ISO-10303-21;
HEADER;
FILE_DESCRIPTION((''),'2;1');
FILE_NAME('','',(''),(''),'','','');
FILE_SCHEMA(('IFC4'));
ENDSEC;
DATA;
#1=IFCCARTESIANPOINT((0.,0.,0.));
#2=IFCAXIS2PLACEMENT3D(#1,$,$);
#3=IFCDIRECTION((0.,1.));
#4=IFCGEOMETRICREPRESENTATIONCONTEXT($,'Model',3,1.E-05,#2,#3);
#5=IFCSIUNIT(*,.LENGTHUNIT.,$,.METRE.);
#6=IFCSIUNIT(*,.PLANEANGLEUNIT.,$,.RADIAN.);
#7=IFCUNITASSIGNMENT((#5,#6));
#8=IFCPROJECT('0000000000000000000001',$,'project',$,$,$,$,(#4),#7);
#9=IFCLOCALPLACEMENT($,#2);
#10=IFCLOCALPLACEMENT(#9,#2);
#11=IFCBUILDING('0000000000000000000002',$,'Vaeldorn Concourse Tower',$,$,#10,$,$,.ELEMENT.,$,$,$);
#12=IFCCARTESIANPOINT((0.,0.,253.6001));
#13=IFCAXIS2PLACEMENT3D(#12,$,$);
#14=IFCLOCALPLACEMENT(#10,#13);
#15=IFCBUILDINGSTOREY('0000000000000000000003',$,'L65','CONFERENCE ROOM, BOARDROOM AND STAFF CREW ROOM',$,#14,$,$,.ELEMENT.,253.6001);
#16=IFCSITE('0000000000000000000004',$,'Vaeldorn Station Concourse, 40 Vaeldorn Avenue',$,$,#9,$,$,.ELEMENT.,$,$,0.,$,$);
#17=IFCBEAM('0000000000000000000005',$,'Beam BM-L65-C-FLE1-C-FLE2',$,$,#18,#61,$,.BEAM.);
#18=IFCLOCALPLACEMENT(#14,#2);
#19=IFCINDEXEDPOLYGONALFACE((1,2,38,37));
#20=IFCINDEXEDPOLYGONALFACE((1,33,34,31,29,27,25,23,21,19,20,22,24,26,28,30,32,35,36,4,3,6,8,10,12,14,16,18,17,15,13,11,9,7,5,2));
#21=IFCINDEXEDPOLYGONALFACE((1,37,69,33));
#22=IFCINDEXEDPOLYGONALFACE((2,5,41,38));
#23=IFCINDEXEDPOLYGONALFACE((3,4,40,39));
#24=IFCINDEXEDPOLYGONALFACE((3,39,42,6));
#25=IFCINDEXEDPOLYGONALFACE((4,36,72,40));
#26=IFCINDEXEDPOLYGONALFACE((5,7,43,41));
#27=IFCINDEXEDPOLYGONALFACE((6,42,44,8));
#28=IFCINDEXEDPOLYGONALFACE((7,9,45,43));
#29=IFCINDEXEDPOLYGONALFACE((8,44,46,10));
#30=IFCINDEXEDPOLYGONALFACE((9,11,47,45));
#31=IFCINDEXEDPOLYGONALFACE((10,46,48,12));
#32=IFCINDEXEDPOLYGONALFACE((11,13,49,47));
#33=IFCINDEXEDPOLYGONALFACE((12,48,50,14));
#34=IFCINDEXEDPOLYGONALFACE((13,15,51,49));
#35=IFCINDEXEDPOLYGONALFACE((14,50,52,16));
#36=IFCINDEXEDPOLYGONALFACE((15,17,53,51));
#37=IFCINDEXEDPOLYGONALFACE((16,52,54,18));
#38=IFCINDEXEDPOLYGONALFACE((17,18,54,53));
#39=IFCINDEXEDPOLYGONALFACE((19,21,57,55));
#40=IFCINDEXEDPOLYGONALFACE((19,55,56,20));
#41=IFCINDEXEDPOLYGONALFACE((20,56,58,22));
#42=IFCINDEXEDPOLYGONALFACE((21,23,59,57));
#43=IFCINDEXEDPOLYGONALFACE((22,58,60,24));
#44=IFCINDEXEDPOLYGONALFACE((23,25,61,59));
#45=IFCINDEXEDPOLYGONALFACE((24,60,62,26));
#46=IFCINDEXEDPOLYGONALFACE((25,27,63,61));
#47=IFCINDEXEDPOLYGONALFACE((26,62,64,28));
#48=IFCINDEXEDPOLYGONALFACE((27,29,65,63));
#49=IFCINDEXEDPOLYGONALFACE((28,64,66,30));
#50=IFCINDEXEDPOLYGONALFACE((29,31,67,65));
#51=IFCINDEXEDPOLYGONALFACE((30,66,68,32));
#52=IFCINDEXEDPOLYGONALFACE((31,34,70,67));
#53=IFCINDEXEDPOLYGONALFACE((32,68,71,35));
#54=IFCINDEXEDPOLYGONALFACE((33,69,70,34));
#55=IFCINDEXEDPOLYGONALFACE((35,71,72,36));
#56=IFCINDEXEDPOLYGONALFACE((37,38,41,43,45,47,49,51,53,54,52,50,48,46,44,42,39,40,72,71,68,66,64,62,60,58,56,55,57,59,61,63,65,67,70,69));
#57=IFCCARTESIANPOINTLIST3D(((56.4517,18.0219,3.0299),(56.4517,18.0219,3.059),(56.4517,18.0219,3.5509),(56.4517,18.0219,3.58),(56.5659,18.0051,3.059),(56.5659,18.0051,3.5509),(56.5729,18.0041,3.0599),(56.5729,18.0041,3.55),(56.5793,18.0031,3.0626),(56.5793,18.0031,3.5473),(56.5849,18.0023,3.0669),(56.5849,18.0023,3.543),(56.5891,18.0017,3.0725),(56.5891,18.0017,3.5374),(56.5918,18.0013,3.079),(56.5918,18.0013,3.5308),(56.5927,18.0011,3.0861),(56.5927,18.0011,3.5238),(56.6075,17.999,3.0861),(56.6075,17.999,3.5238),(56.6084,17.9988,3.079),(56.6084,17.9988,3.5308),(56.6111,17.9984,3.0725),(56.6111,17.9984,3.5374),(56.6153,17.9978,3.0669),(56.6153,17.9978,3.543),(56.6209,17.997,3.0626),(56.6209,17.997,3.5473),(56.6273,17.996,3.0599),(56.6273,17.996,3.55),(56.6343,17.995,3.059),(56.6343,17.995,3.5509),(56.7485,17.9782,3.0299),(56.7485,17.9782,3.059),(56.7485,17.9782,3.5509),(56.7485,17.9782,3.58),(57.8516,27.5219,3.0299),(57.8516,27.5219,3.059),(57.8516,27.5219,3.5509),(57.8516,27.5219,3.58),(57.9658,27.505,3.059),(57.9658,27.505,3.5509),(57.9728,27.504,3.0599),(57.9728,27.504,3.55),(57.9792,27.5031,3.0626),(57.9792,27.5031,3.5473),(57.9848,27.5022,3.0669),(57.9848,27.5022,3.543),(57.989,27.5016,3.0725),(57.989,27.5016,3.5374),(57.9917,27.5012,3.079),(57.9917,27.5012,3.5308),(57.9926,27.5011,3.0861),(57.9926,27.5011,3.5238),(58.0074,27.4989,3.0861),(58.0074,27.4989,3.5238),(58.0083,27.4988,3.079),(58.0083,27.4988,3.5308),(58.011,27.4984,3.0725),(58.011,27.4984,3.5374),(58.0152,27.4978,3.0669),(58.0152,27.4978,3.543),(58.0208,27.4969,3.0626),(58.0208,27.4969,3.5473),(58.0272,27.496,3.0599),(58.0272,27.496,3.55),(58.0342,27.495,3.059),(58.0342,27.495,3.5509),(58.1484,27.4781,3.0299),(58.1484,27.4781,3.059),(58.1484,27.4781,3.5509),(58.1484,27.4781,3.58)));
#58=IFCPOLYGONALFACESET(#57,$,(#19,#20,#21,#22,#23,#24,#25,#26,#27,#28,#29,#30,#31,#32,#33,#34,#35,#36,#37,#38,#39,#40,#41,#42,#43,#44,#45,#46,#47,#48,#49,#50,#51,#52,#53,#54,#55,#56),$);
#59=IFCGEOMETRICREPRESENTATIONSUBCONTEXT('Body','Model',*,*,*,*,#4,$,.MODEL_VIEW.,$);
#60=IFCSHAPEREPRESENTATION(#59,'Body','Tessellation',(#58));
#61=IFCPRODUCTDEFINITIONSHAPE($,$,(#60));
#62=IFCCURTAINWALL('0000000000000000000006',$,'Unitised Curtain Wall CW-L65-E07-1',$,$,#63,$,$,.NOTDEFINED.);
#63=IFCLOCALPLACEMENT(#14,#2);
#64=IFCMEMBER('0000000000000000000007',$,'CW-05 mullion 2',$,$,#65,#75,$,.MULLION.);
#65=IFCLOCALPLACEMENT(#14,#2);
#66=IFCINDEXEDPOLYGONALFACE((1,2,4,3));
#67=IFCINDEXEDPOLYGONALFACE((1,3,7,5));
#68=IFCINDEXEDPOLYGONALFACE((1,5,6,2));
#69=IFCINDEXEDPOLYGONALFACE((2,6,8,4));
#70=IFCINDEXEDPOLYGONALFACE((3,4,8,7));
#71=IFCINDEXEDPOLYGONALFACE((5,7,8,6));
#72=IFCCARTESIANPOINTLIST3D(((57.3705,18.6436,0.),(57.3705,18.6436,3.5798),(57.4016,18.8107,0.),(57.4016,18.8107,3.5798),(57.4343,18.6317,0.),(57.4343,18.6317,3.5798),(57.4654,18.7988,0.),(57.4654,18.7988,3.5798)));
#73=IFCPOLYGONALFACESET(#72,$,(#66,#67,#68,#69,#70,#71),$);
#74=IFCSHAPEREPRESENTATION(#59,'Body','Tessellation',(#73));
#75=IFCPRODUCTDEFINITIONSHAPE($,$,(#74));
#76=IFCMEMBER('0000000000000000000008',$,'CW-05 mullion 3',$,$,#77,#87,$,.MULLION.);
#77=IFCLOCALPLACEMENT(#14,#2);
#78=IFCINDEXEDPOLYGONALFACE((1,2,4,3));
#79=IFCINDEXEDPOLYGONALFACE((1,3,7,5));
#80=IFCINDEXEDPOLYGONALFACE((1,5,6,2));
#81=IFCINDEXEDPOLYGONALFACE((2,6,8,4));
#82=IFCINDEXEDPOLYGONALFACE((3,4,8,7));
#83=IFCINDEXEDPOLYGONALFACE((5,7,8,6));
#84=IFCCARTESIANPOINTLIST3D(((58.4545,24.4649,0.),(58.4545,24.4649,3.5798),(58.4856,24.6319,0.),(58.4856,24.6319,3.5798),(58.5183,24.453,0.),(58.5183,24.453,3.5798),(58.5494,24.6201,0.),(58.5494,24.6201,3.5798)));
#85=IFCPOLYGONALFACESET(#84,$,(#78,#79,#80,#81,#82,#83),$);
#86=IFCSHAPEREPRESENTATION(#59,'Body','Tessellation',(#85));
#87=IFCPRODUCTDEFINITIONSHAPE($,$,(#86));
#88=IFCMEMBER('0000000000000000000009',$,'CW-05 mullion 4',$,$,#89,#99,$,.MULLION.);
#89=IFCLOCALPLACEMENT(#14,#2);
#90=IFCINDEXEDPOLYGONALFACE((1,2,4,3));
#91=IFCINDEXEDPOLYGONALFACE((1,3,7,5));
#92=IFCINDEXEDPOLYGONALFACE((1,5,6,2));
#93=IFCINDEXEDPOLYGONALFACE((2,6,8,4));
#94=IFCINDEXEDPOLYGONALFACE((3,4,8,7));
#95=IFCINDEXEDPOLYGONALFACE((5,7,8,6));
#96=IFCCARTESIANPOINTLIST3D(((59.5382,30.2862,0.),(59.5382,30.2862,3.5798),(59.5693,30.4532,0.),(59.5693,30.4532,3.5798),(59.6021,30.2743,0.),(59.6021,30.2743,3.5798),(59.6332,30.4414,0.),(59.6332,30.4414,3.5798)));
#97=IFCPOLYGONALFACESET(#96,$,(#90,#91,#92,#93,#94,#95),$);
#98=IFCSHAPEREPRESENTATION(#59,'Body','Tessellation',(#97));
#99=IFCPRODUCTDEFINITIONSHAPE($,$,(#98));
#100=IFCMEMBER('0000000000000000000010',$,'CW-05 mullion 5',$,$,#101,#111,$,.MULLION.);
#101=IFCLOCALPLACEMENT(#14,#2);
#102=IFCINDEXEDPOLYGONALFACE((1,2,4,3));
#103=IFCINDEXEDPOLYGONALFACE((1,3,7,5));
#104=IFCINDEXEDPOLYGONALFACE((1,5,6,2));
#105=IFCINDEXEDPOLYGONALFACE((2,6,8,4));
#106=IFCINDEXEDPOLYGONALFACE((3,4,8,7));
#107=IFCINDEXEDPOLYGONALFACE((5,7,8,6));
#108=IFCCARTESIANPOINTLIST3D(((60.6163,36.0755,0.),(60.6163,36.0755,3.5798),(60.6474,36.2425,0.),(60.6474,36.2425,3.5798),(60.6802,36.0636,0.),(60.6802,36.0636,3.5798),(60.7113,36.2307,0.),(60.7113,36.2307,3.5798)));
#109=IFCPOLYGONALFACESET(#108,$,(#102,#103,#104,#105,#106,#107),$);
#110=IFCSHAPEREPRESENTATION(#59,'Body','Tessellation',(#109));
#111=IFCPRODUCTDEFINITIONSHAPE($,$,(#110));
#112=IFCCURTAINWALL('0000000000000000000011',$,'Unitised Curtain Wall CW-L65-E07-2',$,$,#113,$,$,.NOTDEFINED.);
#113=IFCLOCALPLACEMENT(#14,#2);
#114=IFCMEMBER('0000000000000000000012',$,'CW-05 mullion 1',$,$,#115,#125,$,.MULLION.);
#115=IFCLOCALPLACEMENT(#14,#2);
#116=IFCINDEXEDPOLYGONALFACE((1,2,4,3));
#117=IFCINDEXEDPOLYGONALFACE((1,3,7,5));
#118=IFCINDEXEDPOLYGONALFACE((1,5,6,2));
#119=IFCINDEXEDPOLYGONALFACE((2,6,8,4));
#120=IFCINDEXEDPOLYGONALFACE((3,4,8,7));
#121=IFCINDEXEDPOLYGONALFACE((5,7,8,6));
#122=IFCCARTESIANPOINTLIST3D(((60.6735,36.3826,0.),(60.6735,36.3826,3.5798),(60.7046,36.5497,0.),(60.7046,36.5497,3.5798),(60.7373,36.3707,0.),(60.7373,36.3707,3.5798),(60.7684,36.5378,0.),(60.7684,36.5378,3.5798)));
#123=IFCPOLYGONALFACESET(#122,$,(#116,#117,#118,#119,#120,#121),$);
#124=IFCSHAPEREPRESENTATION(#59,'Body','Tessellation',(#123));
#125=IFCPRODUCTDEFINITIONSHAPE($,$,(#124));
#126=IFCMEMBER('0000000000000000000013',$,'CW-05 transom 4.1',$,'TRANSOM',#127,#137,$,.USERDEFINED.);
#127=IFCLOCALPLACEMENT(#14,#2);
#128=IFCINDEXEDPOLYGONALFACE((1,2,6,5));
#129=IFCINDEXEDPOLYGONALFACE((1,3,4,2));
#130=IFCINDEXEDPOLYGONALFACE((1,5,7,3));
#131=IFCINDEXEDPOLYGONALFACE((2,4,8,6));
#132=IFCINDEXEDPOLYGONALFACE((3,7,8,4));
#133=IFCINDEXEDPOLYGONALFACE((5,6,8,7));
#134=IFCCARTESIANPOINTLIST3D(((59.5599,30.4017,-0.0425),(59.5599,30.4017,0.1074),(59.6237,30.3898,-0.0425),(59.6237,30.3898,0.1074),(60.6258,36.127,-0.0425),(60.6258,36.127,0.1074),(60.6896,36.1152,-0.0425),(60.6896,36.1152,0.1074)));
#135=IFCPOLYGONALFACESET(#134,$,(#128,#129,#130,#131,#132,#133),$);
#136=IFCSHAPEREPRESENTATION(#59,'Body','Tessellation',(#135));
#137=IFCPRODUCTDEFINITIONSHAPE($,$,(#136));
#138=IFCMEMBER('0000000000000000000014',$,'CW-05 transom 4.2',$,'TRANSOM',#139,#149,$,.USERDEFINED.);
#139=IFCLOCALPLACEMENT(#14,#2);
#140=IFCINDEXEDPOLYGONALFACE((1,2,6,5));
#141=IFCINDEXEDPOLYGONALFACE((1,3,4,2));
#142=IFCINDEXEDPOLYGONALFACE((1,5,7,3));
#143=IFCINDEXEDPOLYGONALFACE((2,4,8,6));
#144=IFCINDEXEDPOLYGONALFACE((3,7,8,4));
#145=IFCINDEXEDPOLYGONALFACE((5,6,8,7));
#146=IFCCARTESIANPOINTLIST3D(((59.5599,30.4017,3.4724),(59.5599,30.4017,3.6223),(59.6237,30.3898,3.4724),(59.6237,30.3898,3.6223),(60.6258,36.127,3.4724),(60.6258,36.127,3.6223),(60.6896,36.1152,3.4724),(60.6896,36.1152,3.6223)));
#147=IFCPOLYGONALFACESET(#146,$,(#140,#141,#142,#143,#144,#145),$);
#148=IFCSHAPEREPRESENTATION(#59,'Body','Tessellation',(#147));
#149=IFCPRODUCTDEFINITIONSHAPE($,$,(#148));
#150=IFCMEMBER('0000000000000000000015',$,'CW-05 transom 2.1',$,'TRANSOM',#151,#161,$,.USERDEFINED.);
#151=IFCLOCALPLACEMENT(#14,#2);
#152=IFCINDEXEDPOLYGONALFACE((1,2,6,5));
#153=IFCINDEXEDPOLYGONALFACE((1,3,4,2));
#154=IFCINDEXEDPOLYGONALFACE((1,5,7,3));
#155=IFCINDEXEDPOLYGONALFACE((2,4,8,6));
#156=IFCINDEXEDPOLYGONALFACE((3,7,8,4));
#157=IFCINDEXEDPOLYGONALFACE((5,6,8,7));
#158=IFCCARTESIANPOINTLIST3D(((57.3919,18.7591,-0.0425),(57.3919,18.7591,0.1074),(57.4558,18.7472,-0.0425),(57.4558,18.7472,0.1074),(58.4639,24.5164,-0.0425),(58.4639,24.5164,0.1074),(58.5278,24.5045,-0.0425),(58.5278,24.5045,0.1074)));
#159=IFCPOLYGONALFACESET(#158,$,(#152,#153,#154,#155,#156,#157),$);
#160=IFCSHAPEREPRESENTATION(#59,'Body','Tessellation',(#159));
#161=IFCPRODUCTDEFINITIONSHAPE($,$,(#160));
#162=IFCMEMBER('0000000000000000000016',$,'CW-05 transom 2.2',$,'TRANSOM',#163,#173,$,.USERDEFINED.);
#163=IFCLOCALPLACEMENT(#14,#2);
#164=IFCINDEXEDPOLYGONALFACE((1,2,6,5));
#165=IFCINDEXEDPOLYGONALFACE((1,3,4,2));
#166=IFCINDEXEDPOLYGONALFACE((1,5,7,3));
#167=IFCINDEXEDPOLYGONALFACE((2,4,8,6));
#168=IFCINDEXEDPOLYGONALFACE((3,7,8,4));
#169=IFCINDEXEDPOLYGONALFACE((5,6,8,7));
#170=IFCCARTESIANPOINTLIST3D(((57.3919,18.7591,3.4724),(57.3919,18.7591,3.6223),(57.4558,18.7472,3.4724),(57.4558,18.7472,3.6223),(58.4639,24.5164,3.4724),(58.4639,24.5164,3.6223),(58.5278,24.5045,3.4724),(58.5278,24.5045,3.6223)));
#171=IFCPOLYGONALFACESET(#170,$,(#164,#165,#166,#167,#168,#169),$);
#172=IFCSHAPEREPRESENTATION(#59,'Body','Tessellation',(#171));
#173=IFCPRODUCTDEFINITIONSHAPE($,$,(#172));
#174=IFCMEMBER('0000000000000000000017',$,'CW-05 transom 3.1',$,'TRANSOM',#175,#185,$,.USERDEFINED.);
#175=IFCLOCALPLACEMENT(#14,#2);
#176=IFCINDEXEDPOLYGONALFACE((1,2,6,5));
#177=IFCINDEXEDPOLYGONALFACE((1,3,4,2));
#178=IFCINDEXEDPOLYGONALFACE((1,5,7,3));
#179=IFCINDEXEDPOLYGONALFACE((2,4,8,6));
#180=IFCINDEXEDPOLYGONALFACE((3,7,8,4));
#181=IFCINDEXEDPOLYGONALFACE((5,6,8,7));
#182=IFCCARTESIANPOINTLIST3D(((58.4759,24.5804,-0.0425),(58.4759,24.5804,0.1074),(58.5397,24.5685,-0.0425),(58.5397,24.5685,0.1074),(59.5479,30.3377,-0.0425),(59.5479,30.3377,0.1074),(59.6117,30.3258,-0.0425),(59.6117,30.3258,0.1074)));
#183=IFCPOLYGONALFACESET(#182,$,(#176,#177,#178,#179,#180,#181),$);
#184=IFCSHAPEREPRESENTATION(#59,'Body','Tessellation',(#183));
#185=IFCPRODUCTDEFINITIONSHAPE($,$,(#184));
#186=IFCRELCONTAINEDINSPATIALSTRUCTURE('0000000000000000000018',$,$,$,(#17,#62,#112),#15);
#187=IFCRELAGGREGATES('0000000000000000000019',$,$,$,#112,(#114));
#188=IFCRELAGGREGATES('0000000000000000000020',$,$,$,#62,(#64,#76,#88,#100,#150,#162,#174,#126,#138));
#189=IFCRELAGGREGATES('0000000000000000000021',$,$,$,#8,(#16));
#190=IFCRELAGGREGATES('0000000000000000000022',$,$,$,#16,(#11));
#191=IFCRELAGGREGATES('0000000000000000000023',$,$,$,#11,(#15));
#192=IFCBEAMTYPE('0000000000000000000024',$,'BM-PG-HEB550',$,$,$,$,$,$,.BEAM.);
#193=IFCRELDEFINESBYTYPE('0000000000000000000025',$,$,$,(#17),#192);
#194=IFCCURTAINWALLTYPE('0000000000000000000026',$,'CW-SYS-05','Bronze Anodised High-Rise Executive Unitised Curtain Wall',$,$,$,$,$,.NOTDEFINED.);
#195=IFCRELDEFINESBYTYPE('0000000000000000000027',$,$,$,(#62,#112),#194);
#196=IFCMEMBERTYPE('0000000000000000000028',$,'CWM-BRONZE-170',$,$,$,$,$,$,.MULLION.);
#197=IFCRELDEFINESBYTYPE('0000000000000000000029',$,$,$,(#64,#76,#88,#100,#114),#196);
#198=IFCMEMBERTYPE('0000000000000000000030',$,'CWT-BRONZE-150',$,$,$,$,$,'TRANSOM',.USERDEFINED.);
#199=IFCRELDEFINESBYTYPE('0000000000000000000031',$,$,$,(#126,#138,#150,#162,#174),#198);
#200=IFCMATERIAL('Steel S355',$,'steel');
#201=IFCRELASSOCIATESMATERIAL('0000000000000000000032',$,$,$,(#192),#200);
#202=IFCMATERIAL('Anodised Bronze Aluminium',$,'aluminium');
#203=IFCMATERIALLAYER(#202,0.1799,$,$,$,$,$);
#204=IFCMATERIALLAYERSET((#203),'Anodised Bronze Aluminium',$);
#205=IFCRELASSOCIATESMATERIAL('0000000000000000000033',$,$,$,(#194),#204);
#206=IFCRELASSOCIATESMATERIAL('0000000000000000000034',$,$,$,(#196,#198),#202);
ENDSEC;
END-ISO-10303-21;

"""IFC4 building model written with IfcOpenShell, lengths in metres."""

from ifc_helpers import new_model, si_unit, direction, frame, origin, origin_2d, place, context, subcontext, project, spatial, rectangle, i_section, extrude, source, transform, mapped, material, layer, layer_set, material_profile, profile_set, type_object, element, aggregate, save


model = new_model("IFC4")

# Units and contexts
model_context = context("Model", 3, precision=1e-05, world=origin(), true_north=direction((0.0, 1.0)))
body_context = subcontext(model_context, "Body", "Model", "MODEL_VIEW")
ifc_project = project(units=[si_unit("LENGTHUNIT", "METRE"), si_unit("PLANEANGLEUNIT", "RADIAN")], contexts=[model_context])

# Site, building, storey
site_placement = place(None, origin())
site = spatial("IfcSite", under=ifc_project, at=site_placement, Name="Vaeldorn Station Concourse, 40 Vaeldorn Avenue", CompositionType="ELEMENT", RefElevation=0.0)
building_placement = place(site_placement, origin())
building = spatial("IfcBuilding", under=site, at=building_placement, Name="Vaeldorn Concourse Tower", CompositionType="ELEMENT")
storey_placement = place(building_placement, frame((0.0, 0.0, 253.6001)))
storey = spatial("IfcBuildingStorey", under=building, at=storey_placement, Name="L65", Description="CONFERENCE ROOM, BOARDROOM AND STAFF CREW ROOM", CompositionType="ELEMENT", Elevation=253.6001)

# Shared definitions
ifc_material_1 = material(Name="Steel S355", Category="steel")

# Beam
ifc_material_profile_1 = material_profile(ifc_material_1, i_section(OverallWidth=0.3, OverallDepth=0.55, WebThickness=0.0149, FlangeThickness=0.0291, FilletRadius=0.0271, at=origin_2d()), Name="HEB 550")
ifc_profile_set_1 = profile_set([ifc_material_profile_1], Name="Steel S355")
beam_type_1 = type_object("IfcBeamType", Name="BM-PG-HEB550", PredefinedType="BEAM", material=ifc_profile_set_1)
shared_shape_1 = source(origin(), body_context, "Body", "SweptSolid", [
    extrude(i_section(OverallWidth=0.3, OverallDepth=0.55, WebThickness=0.0149, FlangeThickness=0.0291, FilletRadius=0.0271, at=origin_2d()), origin(), (0.0, 0.0, 1.0), 9.6025),
])
beam_1_placement = place(storey_placement, frame((58.0, 27.5, 3.3049), z_axis=(-0.145784, -0.989316, 0.0), x_axis=(0.989316, -0.145784, 0.0)))
element("IfcBeam", 1, at=beam_1_placement, inside=storey, type_object=beam_type_1, Name="Beam BM-L65-C-FLE1-C-FLE2", PredefinedType="BEAM", context=body_context, shape_type="MappedRepresentation", body=[
    mapped(shared_shape_1, transform((0.0, 0.0, 0.0), scale=1.0)),
])

# Curtain wall, members
ifc_material_2 = material(Name="Anodised Bronze Aluminium", Category="aluminium")
ifc_layer_1 = layer(ifc_material_2, 0.1799)
ifc_layer_set_1 = layer_set([ifc_layer_1], Name="Anodised Bronze Aluminium")
curtain_wall_type = type_object("IfcCurtainWallType", Name="CW-SYS-05", Description="Bronze Anodised High-Rise Executive Unitised Curtain Wall", PredefinedType="NOTDEFINED", material=ifc_layer_set_1)
curtain_wall_1_placement = place(storey_placement, origin())
curtain_wall_1 = element("IfcCurtainWall", 2, at=curtain_wall_1_placement, inside=storey, type_object=curtain_wall_type, Name="Unitised Curtain Wall CW-L65-E07-1", PredefinedType="NOTDEFINED")
ifc_material_profile_2 = material_profile(ifc_material_2, rectangle(XDim=0.0649, YDim=0.1699, at=origin_2d()), Name="CWM 65x170")
ifc_profile_set_2 = profile_set([ifc_material_profile_2], Name="Anodised Bronze Aluminium")
member_type_1 = type_object("IfcMemberType", Name="CWM-BRONZE-170", PredefinedType="MULLION", material=ifc_profile_set_2)
shared_shape_2 = source(origin(), body_context, "Body", "SweptSolid", [
    extrude(rectangle(XDim=0.0649, YDim=0.1699, at=origin_2d()), origin(), (0.0, 0.0, 1.0), 3.5798),
])
member_1_placement = place(storey_placement, frame((57.418, 18.7212, 0.0), z_axis=(0.0, 0.0, 1.0), x_axis=(-0.983103, 0.183055, 0.0)))
member_1 = element("IfcMember", 3, at=member_1_placement, type_object=member_type_1, Name="CW-05 mullion 2", PredefinedType="MULLION", context=body_context, shape_type="MappedRepresentation", body=[
    mapped(shared_shape_2, transform((0.0, 0.0, 0.0), scale=1.0)),
])
member_2_placement = place(storey_placement, frame((58.502, 24.5425, 0.0), z_axis=(0.0, 0.0, 1.0), x_axis=(-0.983103, 0.183055, 0.0)))
member_2 = element("IfcMember", 4, at=member_2_placement, type_object=member_type_1, Name="CW-05 mullion 3", PredefinedType="MULLION", context=body_context, shape_type="MappedRepresentation", body=[
    mapped(shared_shape_2, transform((0.0, 0.0, 0.0), scale=1.0)),
])
member_3_placement = place(storey_placement, frame((59.5857, 30.3638, 0.0), z_axis=(0.0, 0.0, 1.0), x_axis=(-0.983103, 0.183055, 0.0)))
member_3 = element("IfcMember", 5, at=member_3_placement, type_object=member_type_1, Name="CW-05 mullion 4", PredefinedType="MULLION", context=body_context, shape_type="MappedRepresentation", body=[
    mapped(shared_shape_2, transform((0.0, 0.0, 0.0), scale=1.0)),
])
member_4_placement = place(storey_placement, frame((60.6638, 36.1531, 0.0), z_axis=(0.0, 0.0, 1.0), x_axis=(-0.983103, 0.183055, 0.0)))
member_4 = element("IfcMember", 6, at=member_4_placement, type_object=member_type_1, Name="CW-05 mullion 5", PredefinedType="MULLION", context=body_context, shape_type="MappedRepresentation", body=[
    mapped(shared_shape_2, transform((0.0, 0.0, 0.0), scale=1.0)),
])

# Curtain wall, member
curtain_wall_2_placement = place(storey_placement, origin())
curtain_wall_2 = element("IfcCurtainWall", 7, at=curtain_wall_2_placement, inside=storey, type_object=curtain_wall_type, Name="Unitised Curtain Wall CW-L65-E07-2", PredefinedType="NOTDEFINED")
member_5_placement = place(storey_placement, frame((60.7209, 36.4602, 0.0), z_axis=(0.0, 0.0, 1.0), x_axis=(-0.983103, 0.183054, 0.0)))
member_5 = element("IfcMember", 8, at=member_5_placement, type_object=member_type_1, Name="CW-05 mullion 1", PredefinedType="MULLION", context=body_context, shape_type="MappedRepresentation", body=[
    mapped(shared_shape_2, transform((0.0, 0.0, 0.0), scale=1.0)),
])
aggregate(curtain_wall_2, [member_5])

# Members
ifc_material_profile_3 = material_profile(ifc_material_2, rectangle(XDim=0.0649, YDim=0.1499, at=origin_2d()), Name="CWT 65x150")
ifc_profile_set_3 = profile_set([ifc_material_profile_3], Name="Anodised Bronze Aluminium")
member_type_2 = type_object("IfcMemberType", Name="CWT-BRONZE-150", ElementType="TRANSOM", PredefinedType="USERDEFINED", material=ifc_profile_set_3)
shared_shape_3 = source(origin(), body_context, "Body", "SweptSolid", [
    extrude(rectangle(XDim=0.0649, YDim=0.1499, at=origin_2d()), origin(), (0.0, 0.0, 1.0), 5.8237),
])
member_6_placement = place(storey_placement, frame((59.5918, 30.3958, 0.0325), z_axis=(0.18303, 0.983107, 0.0), x_axis=(-0.983107, 0.18303, 0.0)))
member_6 = element("IfcMember", 9, at=member_6_placement, type_object=member_type_2, Name="CW-05 transom 4.1", ObjectType="TRANSOM", PredefinedType="USERDEFINED", context=body_context, shape_type="MappedRepresentation", body=[
    mapped(shared_shape_3, transform((0.0, 0.0, 0.0), scale=1.0)),
])
member_7_placement = place(storey_placement, frame((59.5918, 30.3958, 3.5474), z_axis=(0.18303, 0.983107, 0.0), x_axis=(-0.983107, 0.18303, 0.0)))
member_7 = element("IfcMember", 10, at=member_7_placement, type_object=member_type_2, Name="CW-05 transom 4.2", ObjectType="TRANSOM", PredefinedType="USERDEFINED", context=body_context, shape_type="MappedRepresentation", body=[
    mapped(shared_shape_3, transform((0.0, 0.0, 0.0), scale=1.0)),
])
shared_shape_4 = source(origin(), body_context, "Body", "SweptSolid", [
    extrude(rectangle(XDim=0.0649, YDim=0.1499, at=origin_2d()), origin(), (0.0, 0.0, 1.0), 5.8562),
])
member_8_placement = place(storey_placement, frame((57.4238, 18.7532, 0.0325), z_axis=(0.183055, 0.983103, 0.0), x_axis=(-0.983103, 0.183055, 0.0)))
member_8 = element("IfcMember", 11, at=member_8_placement, type_object=member_type_2, Name="CW-05 transom 2.1", ObjectType="TRANSOM", PredefinedType="USERDEFINED", context=body_context, shape_type="MappedRepresentation", body=[
    mapped(shared_shape_4, transform((0.0, 0.0, 0.0), scale=1.0)),
])
member_9_placement = place(storey_placement, frame((57.4238, 18.7532, 3.5474), z_axis=(0.183055, 0.983103, 0.0), x_axis=(-0.983103, 0.183055, 0.0)))
member_9 = element("IfcMember", 12, at=member_9_placement, type_object=member_type_2, Name="CW-05 transom 2.2", ObjectType="TRANSOM", PredefinedType="USERDEFINED", context=body_context, shape_type="MappedRepresentation", body=[
    mapped(shared_shape_4, transform((0.0, 0.0, 0.0), scale=1.0)),
])
member_10_placement = place(storey_placement, frame((58.5078, 24.5745, 0.0325), z_axis=(0.183055, 0.983103, 0.0), x_axis=(-0.983103, 0.183055, 0.0)))
member_10 = element("IfcMember", 13, at=member_10_placement, type_object=member_type_2, Name="CW-05 transom 3.1", ObjectType="TRANSOM", PredefinedType="USERDEFINED", context=body_context, shape_type="MappedRepresentation", body=[
    mapped(shared_shape_4, transform((0.0, 0.0, 0.0), scale=1.0)),
])

aggregate(curtain_wall_1, [member_1, member_2, member_3, member_4, member_8, member_9, member_10, member_6, member_7])

save(model, "model.ifc")
